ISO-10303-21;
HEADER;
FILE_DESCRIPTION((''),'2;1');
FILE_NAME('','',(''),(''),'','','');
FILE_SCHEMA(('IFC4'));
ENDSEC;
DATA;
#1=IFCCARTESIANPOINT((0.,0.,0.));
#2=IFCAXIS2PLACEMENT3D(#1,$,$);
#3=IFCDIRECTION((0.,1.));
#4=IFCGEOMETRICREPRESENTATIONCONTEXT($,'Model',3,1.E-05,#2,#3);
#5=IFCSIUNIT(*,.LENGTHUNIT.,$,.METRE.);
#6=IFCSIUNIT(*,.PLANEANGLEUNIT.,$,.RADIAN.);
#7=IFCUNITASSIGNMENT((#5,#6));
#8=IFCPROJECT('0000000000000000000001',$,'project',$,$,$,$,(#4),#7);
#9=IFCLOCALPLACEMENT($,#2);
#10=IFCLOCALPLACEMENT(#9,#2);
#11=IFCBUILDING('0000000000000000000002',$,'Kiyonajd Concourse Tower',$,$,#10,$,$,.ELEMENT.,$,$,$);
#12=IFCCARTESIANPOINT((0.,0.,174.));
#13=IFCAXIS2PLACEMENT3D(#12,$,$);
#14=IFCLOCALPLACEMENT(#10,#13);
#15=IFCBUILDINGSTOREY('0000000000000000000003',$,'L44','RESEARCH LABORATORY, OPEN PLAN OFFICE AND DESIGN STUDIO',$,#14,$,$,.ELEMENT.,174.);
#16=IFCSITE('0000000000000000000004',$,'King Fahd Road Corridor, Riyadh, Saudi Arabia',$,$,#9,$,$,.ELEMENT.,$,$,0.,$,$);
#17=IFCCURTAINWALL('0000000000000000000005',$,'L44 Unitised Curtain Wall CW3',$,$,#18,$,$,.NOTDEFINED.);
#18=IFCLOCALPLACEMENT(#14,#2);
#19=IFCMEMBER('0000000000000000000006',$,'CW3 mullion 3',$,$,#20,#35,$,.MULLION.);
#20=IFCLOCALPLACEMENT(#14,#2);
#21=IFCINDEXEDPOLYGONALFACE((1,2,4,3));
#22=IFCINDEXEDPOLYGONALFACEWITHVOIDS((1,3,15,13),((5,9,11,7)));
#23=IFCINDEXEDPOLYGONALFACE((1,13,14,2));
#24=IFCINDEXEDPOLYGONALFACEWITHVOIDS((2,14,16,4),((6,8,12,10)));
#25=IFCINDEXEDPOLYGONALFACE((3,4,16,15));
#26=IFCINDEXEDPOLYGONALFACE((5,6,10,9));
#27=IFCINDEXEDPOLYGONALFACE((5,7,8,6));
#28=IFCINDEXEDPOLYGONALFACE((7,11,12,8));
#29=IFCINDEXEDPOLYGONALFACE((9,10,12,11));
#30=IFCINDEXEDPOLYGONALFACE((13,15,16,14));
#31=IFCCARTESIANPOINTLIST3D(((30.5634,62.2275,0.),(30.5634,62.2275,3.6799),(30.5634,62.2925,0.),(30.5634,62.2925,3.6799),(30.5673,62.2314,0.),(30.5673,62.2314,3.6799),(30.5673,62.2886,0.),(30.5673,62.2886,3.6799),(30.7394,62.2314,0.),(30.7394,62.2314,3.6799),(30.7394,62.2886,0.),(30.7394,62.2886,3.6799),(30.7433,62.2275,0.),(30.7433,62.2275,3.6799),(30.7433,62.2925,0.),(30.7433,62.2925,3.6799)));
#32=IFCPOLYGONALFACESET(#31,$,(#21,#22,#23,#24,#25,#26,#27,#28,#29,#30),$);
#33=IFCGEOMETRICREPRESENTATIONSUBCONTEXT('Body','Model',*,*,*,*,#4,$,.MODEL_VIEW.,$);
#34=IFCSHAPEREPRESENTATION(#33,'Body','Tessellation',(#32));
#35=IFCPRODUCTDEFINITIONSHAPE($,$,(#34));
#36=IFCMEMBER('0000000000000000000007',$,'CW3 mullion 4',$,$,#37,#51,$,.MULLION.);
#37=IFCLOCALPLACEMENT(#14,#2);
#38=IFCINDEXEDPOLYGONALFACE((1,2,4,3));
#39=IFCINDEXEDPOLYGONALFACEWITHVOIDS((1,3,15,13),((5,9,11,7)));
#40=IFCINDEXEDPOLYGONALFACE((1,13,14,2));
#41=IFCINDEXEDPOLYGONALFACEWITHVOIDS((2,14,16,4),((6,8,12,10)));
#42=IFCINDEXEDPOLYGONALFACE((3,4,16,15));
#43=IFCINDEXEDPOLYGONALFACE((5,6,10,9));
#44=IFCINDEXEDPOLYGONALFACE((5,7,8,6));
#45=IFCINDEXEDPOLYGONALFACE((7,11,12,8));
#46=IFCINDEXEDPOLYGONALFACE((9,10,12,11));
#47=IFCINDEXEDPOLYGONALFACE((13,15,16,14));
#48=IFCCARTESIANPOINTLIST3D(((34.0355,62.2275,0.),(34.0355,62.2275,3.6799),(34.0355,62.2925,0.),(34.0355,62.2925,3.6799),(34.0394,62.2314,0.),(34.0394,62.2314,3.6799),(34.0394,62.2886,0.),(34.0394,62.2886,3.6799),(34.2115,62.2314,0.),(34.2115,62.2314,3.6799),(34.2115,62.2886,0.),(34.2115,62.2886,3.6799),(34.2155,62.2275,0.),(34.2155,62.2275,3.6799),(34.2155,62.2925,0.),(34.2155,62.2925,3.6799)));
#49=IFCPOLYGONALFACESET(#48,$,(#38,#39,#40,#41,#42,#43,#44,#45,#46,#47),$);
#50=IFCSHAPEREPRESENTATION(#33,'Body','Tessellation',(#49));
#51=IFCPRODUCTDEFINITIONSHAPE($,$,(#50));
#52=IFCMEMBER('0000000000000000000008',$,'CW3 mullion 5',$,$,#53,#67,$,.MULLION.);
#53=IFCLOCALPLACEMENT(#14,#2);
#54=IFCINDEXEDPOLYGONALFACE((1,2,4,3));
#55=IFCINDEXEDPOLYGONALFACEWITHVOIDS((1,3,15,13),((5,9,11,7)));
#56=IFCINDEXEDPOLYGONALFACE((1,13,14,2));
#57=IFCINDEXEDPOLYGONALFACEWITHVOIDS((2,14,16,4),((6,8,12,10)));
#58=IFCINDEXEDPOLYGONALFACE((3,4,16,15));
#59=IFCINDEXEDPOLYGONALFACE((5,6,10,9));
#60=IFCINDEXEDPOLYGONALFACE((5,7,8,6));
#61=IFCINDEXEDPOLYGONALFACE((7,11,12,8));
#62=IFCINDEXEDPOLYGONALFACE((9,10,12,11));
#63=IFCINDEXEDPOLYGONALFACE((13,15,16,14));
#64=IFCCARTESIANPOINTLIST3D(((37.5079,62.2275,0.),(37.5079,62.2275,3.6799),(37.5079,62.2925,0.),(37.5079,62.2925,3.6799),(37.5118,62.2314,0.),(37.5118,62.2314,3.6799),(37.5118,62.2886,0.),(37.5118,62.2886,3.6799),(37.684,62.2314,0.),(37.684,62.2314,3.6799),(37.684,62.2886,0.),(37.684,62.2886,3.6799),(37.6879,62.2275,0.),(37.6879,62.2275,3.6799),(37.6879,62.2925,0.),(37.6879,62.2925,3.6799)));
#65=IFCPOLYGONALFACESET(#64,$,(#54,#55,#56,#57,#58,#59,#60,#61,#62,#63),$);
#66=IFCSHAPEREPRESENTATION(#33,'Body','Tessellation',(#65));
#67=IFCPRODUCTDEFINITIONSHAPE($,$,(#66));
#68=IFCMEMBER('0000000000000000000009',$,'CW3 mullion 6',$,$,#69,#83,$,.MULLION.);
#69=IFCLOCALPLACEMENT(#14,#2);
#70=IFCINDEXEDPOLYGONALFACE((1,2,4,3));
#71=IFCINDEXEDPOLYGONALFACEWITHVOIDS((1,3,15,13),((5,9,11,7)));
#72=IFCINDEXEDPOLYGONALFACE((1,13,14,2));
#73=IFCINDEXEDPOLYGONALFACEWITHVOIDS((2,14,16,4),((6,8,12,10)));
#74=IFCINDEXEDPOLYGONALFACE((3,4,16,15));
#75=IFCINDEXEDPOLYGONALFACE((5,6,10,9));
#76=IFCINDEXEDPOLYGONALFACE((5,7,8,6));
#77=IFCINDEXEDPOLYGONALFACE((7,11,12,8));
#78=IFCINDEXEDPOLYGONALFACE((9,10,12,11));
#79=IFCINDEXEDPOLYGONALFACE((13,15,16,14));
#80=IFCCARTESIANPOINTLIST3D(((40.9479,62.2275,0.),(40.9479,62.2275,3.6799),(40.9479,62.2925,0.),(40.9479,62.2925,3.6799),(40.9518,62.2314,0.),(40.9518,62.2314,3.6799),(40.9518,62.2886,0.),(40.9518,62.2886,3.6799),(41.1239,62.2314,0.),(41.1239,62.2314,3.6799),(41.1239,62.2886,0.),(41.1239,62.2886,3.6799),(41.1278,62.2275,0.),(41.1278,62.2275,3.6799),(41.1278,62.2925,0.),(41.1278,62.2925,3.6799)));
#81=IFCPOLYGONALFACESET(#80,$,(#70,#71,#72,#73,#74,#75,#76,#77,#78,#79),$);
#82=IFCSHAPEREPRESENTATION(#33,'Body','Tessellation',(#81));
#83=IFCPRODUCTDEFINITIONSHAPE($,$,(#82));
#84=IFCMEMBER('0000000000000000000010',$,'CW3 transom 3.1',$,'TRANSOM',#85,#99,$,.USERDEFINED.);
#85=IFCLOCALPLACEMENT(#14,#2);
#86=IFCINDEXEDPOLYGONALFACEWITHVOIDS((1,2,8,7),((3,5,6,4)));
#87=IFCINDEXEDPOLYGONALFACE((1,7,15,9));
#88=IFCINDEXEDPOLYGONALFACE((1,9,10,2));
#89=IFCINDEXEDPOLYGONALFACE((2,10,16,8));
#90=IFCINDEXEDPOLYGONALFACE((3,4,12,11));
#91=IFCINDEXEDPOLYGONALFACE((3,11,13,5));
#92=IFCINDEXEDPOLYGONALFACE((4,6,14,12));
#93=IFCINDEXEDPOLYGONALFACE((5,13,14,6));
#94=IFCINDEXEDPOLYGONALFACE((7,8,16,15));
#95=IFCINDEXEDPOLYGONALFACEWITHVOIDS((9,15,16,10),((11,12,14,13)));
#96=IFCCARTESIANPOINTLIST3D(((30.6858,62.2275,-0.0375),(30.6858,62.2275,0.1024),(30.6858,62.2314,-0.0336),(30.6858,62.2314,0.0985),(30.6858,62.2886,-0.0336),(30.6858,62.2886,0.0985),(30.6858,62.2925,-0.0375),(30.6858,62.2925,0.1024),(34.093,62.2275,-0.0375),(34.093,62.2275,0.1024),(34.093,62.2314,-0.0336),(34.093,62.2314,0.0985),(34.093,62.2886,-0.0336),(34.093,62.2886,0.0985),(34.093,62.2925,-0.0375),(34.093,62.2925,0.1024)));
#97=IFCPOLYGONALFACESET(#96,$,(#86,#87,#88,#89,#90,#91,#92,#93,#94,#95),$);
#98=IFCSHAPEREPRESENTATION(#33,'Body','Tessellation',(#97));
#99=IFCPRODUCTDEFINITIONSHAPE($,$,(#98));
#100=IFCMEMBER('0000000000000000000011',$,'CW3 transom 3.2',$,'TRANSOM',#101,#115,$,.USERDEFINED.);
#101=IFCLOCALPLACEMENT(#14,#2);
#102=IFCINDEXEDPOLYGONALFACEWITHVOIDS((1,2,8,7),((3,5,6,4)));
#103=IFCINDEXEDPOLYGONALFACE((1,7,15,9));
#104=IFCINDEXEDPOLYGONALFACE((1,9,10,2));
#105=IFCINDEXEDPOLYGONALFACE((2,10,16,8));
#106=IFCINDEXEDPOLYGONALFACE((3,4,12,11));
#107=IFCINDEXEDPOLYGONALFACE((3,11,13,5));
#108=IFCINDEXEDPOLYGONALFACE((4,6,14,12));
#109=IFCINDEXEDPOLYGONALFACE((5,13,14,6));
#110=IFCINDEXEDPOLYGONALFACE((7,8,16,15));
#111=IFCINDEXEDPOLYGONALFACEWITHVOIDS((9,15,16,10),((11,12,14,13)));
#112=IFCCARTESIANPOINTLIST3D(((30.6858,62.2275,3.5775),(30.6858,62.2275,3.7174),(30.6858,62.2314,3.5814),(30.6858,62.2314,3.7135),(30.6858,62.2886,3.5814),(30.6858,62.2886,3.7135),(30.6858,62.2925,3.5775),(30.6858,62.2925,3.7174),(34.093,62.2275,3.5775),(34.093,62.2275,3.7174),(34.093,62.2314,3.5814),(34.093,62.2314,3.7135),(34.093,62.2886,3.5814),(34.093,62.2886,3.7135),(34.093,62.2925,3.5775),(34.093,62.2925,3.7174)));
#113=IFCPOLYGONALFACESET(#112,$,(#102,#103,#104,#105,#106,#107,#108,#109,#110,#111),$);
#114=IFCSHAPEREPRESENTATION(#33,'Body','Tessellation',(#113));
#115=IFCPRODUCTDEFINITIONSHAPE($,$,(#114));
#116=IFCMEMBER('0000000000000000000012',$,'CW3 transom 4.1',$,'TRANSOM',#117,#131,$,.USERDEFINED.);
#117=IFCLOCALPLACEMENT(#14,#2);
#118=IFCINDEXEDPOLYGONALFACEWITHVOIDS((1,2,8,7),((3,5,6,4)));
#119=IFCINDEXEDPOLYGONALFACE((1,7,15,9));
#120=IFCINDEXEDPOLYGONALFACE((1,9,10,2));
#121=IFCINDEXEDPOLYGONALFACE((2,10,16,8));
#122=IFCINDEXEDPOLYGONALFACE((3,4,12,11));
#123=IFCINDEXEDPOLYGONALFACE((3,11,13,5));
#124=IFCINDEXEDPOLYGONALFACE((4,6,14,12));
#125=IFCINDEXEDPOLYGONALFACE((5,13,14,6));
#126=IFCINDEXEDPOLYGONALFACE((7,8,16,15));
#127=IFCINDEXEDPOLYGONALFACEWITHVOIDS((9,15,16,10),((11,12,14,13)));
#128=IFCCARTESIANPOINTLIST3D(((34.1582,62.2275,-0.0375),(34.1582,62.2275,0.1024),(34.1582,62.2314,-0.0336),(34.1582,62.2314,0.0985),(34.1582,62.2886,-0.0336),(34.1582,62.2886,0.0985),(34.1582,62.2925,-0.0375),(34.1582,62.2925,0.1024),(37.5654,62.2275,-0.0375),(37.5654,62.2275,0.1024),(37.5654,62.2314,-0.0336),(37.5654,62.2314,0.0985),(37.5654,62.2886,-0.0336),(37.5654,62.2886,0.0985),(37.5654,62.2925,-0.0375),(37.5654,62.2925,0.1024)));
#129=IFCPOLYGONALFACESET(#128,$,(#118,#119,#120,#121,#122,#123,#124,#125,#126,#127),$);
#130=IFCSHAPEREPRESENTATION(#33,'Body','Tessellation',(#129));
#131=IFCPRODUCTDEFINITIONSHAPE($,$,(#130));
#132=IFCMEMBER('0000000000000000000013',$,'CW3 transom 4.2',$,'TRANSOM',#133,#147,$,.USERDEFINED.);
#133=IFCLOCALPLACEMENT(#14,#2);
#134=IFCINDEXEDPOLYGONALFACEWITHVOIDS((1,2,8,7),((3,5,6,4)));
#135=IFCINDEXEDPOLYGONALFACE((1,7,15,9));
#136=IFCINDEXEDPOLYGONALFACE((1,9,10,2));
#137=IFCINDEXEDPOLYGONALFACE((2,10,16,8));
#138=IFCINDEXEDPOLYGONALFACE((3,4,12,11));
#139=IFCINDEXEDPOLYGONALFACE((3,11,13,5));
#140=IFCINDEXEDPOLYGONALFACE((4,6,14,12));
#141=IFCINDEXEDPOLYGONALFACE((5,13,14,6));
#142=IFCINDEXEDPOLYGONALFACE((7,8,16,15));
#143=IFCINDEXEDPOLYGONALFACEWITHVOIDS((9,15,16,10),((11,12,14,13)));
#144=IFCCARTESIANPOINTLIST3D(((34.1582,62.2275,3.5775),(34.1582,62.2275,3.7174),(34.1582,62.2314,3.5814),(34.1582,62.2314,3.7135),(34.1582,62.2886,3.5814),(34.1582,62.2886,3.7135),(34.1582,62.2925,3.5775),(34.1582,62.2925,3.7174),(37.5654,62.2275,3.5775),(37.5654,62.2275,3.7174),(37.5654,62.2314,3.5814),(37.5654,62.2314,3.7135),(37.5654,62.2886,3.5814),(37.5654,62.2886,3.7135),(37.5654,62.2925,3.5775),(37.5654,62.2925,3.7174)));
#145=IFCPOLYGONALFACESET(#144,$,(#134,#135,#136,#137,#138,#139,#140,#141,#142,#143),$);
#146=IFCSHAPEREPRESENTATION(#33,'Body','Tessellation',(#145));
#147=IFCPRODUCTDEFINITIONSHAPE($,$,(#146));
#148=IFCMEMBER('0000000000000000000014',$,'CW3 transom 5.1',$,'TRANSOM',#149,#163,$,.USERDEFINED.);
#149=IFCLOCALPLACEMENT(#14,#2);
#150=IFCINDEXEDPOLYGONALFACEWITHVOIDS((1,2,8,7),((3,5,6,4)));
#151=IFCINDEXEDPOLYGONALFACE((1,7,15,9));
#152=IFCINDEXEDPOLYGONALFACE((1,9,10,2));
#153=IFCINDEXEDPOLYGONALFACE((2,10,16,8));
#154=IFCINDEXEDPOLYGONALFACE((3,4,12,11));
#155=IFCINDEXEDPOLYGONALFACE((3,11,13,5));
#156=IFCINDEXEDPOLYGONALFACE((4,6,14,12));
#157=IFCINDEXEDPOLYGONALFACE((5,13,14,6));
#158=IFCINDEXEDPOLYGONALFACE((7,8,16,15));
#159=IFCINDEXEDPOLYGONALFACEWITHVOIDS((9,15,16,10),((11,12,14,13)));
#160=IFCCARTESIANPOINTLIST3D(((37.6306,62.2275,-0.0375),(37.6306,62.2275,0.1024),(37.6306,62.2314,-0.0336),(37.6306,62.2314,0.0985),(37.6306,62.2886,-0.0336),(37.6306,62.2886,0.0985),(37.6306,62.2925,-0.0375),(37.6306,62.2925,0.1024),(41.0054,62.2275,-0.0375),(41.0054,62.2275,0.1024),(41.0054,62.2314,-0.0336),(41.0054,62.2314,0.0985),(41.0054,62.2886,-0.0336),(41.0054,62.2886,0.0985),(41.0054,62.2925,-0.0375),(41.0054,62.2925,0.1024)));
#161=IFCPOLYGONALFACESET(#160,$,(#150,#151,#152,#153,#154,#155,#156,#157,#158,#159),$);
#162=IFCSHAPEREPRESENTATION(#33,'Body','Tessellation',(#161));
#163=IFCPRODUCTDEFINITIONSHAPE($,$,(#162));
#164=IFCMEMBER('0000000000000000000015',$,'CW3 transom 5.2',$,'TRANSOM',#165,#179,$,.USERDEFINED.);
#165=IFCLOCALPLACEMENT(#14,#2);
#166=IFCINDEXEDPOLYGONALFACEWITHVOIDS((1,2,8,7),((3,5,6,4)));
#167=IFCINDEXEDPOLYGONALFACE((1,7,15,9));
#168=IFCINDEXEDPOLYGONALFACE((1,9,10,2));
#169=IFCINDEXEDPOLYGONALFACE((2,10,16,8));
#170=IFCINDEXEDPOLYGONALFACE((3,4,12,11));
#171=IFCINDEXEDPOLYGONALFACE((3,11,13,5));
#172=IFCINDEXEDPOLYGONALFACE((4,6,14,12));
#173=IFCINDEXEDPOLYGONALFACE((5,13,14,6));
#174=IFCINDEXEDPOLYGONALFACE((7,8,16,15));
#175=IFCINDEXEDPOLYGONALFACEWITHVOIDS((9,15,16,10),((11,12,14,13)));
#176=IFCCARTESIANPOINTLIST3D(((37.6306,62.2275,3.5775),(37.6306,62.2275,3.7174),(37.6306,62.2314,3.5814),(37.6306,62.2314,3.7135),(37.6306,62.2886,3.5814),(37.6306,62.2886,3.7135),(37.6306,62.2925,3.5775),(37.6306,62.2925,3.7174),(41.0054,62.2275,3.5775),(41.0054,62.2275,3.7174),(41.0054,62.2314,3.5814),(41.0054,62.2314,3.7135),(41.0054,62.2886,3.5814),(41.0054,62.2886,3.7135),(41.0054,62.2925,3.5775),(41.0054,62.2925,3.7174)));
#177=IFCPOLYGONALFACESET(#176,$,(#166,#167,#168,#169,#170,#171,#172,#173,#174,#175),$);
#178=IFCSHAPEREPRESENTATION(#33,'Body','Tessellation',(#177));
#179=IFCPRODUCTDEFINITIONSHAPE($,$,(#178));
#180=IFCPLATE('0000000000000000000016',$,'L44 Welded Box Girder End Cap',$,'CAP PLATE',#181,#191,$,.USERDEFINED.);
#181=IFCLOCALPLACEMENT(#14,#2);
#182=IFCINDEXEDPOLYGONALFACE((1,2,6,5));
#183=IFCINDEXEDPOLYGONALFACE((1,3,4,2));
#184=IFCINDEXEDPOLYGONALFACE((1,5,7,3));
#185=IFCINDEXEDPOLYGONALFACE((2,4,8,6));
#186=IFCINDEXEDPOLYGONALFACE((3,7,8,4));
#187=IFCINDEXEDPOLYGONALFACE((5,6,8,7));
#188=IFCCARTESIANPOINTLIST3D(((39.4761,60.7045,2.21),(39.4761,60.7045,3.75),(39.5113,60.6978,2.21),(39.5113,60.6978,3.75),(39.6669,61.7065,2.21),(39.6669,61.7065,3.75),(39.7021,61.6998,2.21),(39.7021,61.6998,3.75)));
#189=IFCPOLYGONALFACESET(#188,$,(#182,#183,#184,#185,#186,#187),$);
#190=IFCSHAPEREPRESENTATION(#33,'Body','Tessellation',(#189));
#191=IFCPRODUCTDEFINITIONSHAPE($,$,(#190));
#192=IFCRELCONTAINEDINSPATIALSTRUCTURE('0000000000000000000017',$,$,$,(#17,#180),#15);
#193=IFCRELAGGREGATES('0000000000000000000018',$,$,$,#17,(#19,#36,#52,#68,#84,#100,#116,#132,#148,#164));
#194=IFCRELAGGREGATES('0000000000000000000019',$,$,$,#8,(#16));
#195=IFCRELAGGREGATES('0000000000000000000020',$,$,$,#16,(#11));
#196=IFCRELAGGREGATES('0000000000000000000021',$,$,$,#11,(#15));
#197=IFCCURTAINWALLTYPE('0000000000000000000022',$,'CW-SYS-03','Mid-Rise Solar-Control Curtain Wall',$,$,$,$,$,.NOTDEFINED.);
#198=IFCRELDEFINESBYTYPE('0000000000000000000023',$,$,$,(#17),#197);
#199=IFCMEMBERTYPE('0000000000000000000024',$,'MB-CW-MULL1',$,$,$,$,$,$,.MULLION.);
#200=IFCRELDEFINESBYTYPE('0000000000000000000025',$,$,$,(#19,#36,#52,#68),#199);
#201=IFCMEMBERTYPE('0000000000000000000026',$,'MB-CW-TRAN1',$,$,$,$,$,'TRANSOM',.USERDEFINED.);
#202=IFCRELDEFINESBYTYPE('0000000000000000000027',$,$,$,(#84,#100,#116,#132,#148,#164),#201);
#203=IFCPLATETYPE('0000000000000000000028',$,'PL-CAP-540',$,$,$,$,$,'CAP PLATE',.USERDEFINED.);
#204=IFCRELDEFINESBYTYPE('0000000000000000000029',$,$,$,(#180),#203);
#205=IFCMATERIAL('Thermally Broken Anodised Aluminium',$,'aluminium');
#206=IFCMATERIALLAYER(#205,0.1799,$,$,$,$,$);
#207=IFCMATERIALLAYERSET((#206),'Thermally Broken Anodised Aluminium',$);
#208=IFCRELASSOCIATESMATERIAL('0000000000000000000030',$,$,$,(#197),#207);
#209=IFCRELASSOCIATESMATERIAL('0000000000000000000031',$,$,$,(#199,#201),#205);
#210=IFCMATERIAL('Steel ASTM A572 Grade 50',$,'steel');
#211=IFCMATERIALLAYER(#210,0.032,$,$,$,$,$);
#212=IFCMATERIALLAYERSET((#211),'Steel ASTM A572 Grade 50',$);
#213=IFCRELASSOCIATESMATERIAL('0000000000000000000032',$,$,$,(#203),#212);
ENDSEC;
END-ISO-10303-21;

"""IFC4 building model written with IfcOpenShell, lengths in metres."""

from ifc_helpers import new_model, si_unit, direction, frame, origin, origin_2d, place, context, subcontext, project, spatial, rectangle, hollow_rectangle, extrude, material, layer, layer_set, material_profile, profile_set, type_object, element, aggregate, save


model = new_model("IFC4")

# Units and contexts
model_context = context("Model", 3, precision=1e-05, world=origin(), true_north=direction((0.0, 1.0)))
body_context = subcontext(model_context, "Body", "Model", "MODEL_VIEW")
ifc_project = project(units=[si_unit("LENGTHUNIT", "METRE"), si_unit("PLANEANGLEUNIT", "RADIAN")], contexts=[model_context])

# Site, building, storey
site_placement = place(None, origin())
site = spatial("IfcSite", under=ifc_project, at=site_placement, Name="King Fahd Road Corridor, Riyadh, Saudi Arabia", CompositionType="ELEMENT", RefElevation=0.0)
building_placement = place(site_placement, origin())
building = spatial("IfcBuilding", under=site, at=building_placement, Name="Kiyonajd Concourse Tower", CompositionType="ELEMENT")
storey_placement = place(building_placement, frame((0.0, 0.0, 174.0)))
storey = spatial("IfcBuildingStorey", under=building, at=storey_placement, Name="L44", Description="RESEARCH LABORATORY, OPEN PLAN OFFICE AND DESIGN STUDIO", CompositionType="ELEMENT", Elevation=174.0)

# Curtain wall, members
ifc_material_1 = material(Name="Thermally Broken Anodised Aluminium", Category="aluminium")
ifc_layer_1 = layer(ifc_material_1, 0.1799)
ifc_layer_set_1 = layer_set([ifc_layer_1], Name="Thermally Broken Anodised Aluminium")
curtain_wall_type = type_object("IfcCurtainWallType", Name="CW-SYS-03", Description="Mid-Rise Solar-Control Curtain Wall", PredefinedType="NOTDEFINED", material=ifc_layer_set_1)
curtain_wall_placement = place(storey_placement, origin())
curtain_wall = element("IfcCurtainWall", 1, at=curtain_wall_placement, inside=storey, type_object=curtain_wall_type, Name="L44 Unitised Curtain Wall CW3", PredefinedType="NOTDEFINED")
ifc_material_profile_1 = material_profile(ifc_material_1, hollow_rectangle(XDim=0.0649, YDim=0.1799, WallThickness=0.0039, at=origin_2d()), Name="MULL-65x180")
ifc_profile_set_1 = profile_set([ifc_material_profile_1], Name="Thermally Broken Anodised Aluminium")
member_type_1 = type_object("IfcMemberType", Name="MB-CW-MULL1", PredefinedType="MULLION", material=ifc_profile_set_1)
member_1_placement = place(storey_placement, frame((30.6533, 62.26, 0.0), z_axis=(0.0, 0.0, 1.0), x_axis=(0.0, 1.0, 0.0)))
member_1 = element("IfcMember", 2, at=member_1_placement, type_object=member_type_1, Name="CW3 mullion 3", PredefinedType="MULLION", context=body_context, shape_type="SweptSolid", body=[
    extrude(hollow_rectangle(XDim=0.0649, YDim=0.1799, WallThickness=0.0039, at=origin_2d()), origin(), (0.0, 0.0, 1.0), 3.6799),
])
member_2_placement = place(storey_placement, frame((34.1255, 62.26, 0.0), z_axis=(0.0, 0.0, 1.0), x_axis=(0.0, 1.0, 0.0)))
member_2 = element("IfcMember", 3, at=member_2_placement, type_object=member_type_1, Name="CW3 mullion 4", PredefinedType="MULLION", context=body_context, shape_type="SweptSolid", body=[
    extrude(hollow_rectangle(XDim=0.0649, YDim=0.1799, WallThickness=0.0039, at=origin_2d()), origin(), (0.0, 0.0, 1.0), 3.6799),
])
member_3_placement = place(storey_placement, frame((37.5979, 62.26, 0.0), z_axis=(0.0, 0.0, 1.0), x_axis=(0.0, 1.0, 0.0)))
member_3 = element("IfcMember", 4, at=member_3_placement, type_object=member_type_1, Name="CW3 mullion 5", PredefinedType="MULLION", context=body_context, shape_type="SweptSolid", body=[
    extrude(hollow_rectangle(XDim=0.0649, YDim=0.1799, WallThickness=0.0039, at=origin_2d()), origin(), (0.0, 0.0, 1.0), 3.6799),
])
member_4_placement = place(storey_placement, frame((41.0378, 62.26, 0.0), z_axis=(0.0, 0.0, 1.0), x_axis=(0.0, 1.0, 0.0)))
member_4 = element("IfcMember", 5, at=member_4_placement, type_object=member_type_1, Name="CW3 mullion 6", PredefinedType="MULLION", context=body_context, shape_type="SweptSolid", body=[
    extrude(hollow_rectangle(XDim=0.0649, YDim=0.1799, WallThickness=0.0039, at=origin_2d()), origin(), (0.0, 0.0, 1.0), 3.6799),
])
ifc_material_profile_2 = material_profile(ifc_material_1, hollow_rectangle(XDim=0.0649, YDim=0.1399, WallThickness=0.0039, at=origin_2d()), Name="TRAN-65x140")
ifc_profile_set_2 = profile_set([ifc_material_profile_2], Name="Thermally Broken Anodised Aluminium")
member_type_2 = type_object("IfcMemberType", Name="MB-CW-TRAN1", ElementType="TRANSOM", PredefinedType="USERDEFINED", material=ifc_profile_set_2)
member_5_placement = place(storey_placement, frame((30.6858, 62.26, 0.0325), z_axis=(1.0, 0.0, 0.0), x_axis=(0.0, 1.0, 0.0)))
member_5 = element("IfcMember", 6, at=member_5_placement, type_object=member_type_2, Name="CW3 transom 3.1", ObjectType="TRANSOM", PredefinedType="USERDEFINED", context=body_context, shape_type="SweptSolid", body=[
    extrude(hollow_rectangle(XDim=0.0649, YDim=0.1399, WallThickness=0.0039, at=origin_2d()), origin(), (0.0, 0.0, 1.0), 3.4072),
])
member_6_placement = place(storey_placement, frame((30.6858, 62.26, 3.6475), z_axis=(1.0, 0.0, 0.0), x_axis=(0.0, 1.0, 0.0)))
member_6 = element("IfcMember", 7, at=member_6_placement, type_object=member_type_2, Name="CW3 transom 3.2", ObjectType="TRANSOM", PredefinedType="USERDEFINED", context=body_context, shape_type="SweptSolid", body=[
    extrude(hollow_rectangle(XDim=0.0649, YDim=0.1399, WallThickness=0.0039, at=origin_2d()), origin(), (0.0, 0.0, 1.0), 3.4072),
])
member_7_placement = place(storey_placement, frame((34.1582, 62.26, 0.0325), z_axis=(1.0, 0.0, 0.0), x_axis=(0.0, 1.0, 0.0)))
member_7 = element("IfcMember", 8, at=member_7_placement, type_object=member_type_2, Name="CW3 transom 4.1", ObjectType="TRANSOM", PredefinedType="USERDEFINED", context=body_context, shape_type="SweptSolid", body=[
    extrude(hollow_rectangle(XDim=0.0649, YDim=0.1399, WallThickness=0.0039, at=origin_2d()), origin(), (0.0, 0.0, 1.0), 3.4072),
])
member_8_placement = place(storey_placement, frame((34.1582, 62.26, 3.6475), z_axis=(1.0, 0.0, 0.0), x_axis=(0.0, 1.0, 0.0)))
member_8 = element("IfcMember", 9, at=member_8_placement, type_object=member_type_2, Name="CW3 transom 4.2", ObjectType="TRANSOM", PredefinedType="USERDEFINED", context=body_context, shape_type="SweptSolid", body=[
    extrude(hollow_rectangle(XDim=0.0649, YDim=0.1399, WallThickness=0.0039, at=origin_2d()), origin(), (0.0, 0.0, 1.0), 3.4072),
])
member_9_placement = place(storey_placement, frame((37.6306, 62.26, 0.0325), z_axis=(1.0, 0.0, 0.0), x_axis=(0.0, 1.0, 0.0)))
member_9 = element("IfcMember", 10, at=member_9_placement, type_object=member_type_2, Name="CW3 transom 5.1", ObjectType="TRANSOM", PredefinedType="USERDEFINED", context=body_context, shape_type="SweptSolid", body=[
    extrude(hollow_rectangle(XDim=0.0649, YDim=0.1399, WallThickness=0.0039, at=origin_2d()), origin(), (0.0, 0.0, 1.0), 3.3748),
])
member_10_placement = place(storey_placement, frame((37.6306, 62.26, 3.6475), z_axis=(1.0, 0.0, 0.0), x_axis=(0.0, 1.0, 0.0)))
member_10 = element("IfcMember", 11, at=member_10_placement, type_object=member_type_2, Name="CW3 transom 5.2", ObjectType="TRANSOM", PredefinedType="USERDEFINED", context=body_context, shape_type="SweptSolid", body=[
    extrude(hollow_rectangle(XDim=0.0649, YDim=0.1399, WallThickness=0.0039, at=origin_2d()), origin(), (0.0, 0.0, 1.0), 3.3748),
])

# Plate
ifc_material_2 = material(Name="Steel ASTM A572 Grade 50", Category="steel")
ifc_layer_2 = layer(ifc_material_2, 0.032)
ifc_layer_set_2 = layer_set([ifc_layer_2], Name="Steel ASTM A572 Grade 50")
plate_type_1 = type_object("IfcPlateType", Name="PL-CAP-540", ElementType="CAP PLATE", PredefinedType="USERDEFINED", material=ifc_layer_set_2)
plate_1_placement = place(storey_placement, frame((39.5891, 61.2021, 2.21), z_axis=(0.0, 0.0, 1.0), x_axis=(-0.982353, 0.187038, 0.0)))
element("IfcPlate", 12, at=plate_1_placement, inside=storey, type_object=plate_type_1, Name="L44 Welded Box Girder End Cap", ObjectType="CAP PLATE", PredefinedType="USERDEFINED", context=body_context, shape_type="SweptSolid", body=[
    extrude(rectangle(XDim=0.0359, YDim=1.02, at=origin_2d()), origin(), (0.0, 0.0, 1.0), 1.54),
])
aggregate(curtain_wall, [member_1, member_2, member_3, member_4, member_5, member_6, member_7, member_8, member_9, member_10])

save(model, "model.ifc")
